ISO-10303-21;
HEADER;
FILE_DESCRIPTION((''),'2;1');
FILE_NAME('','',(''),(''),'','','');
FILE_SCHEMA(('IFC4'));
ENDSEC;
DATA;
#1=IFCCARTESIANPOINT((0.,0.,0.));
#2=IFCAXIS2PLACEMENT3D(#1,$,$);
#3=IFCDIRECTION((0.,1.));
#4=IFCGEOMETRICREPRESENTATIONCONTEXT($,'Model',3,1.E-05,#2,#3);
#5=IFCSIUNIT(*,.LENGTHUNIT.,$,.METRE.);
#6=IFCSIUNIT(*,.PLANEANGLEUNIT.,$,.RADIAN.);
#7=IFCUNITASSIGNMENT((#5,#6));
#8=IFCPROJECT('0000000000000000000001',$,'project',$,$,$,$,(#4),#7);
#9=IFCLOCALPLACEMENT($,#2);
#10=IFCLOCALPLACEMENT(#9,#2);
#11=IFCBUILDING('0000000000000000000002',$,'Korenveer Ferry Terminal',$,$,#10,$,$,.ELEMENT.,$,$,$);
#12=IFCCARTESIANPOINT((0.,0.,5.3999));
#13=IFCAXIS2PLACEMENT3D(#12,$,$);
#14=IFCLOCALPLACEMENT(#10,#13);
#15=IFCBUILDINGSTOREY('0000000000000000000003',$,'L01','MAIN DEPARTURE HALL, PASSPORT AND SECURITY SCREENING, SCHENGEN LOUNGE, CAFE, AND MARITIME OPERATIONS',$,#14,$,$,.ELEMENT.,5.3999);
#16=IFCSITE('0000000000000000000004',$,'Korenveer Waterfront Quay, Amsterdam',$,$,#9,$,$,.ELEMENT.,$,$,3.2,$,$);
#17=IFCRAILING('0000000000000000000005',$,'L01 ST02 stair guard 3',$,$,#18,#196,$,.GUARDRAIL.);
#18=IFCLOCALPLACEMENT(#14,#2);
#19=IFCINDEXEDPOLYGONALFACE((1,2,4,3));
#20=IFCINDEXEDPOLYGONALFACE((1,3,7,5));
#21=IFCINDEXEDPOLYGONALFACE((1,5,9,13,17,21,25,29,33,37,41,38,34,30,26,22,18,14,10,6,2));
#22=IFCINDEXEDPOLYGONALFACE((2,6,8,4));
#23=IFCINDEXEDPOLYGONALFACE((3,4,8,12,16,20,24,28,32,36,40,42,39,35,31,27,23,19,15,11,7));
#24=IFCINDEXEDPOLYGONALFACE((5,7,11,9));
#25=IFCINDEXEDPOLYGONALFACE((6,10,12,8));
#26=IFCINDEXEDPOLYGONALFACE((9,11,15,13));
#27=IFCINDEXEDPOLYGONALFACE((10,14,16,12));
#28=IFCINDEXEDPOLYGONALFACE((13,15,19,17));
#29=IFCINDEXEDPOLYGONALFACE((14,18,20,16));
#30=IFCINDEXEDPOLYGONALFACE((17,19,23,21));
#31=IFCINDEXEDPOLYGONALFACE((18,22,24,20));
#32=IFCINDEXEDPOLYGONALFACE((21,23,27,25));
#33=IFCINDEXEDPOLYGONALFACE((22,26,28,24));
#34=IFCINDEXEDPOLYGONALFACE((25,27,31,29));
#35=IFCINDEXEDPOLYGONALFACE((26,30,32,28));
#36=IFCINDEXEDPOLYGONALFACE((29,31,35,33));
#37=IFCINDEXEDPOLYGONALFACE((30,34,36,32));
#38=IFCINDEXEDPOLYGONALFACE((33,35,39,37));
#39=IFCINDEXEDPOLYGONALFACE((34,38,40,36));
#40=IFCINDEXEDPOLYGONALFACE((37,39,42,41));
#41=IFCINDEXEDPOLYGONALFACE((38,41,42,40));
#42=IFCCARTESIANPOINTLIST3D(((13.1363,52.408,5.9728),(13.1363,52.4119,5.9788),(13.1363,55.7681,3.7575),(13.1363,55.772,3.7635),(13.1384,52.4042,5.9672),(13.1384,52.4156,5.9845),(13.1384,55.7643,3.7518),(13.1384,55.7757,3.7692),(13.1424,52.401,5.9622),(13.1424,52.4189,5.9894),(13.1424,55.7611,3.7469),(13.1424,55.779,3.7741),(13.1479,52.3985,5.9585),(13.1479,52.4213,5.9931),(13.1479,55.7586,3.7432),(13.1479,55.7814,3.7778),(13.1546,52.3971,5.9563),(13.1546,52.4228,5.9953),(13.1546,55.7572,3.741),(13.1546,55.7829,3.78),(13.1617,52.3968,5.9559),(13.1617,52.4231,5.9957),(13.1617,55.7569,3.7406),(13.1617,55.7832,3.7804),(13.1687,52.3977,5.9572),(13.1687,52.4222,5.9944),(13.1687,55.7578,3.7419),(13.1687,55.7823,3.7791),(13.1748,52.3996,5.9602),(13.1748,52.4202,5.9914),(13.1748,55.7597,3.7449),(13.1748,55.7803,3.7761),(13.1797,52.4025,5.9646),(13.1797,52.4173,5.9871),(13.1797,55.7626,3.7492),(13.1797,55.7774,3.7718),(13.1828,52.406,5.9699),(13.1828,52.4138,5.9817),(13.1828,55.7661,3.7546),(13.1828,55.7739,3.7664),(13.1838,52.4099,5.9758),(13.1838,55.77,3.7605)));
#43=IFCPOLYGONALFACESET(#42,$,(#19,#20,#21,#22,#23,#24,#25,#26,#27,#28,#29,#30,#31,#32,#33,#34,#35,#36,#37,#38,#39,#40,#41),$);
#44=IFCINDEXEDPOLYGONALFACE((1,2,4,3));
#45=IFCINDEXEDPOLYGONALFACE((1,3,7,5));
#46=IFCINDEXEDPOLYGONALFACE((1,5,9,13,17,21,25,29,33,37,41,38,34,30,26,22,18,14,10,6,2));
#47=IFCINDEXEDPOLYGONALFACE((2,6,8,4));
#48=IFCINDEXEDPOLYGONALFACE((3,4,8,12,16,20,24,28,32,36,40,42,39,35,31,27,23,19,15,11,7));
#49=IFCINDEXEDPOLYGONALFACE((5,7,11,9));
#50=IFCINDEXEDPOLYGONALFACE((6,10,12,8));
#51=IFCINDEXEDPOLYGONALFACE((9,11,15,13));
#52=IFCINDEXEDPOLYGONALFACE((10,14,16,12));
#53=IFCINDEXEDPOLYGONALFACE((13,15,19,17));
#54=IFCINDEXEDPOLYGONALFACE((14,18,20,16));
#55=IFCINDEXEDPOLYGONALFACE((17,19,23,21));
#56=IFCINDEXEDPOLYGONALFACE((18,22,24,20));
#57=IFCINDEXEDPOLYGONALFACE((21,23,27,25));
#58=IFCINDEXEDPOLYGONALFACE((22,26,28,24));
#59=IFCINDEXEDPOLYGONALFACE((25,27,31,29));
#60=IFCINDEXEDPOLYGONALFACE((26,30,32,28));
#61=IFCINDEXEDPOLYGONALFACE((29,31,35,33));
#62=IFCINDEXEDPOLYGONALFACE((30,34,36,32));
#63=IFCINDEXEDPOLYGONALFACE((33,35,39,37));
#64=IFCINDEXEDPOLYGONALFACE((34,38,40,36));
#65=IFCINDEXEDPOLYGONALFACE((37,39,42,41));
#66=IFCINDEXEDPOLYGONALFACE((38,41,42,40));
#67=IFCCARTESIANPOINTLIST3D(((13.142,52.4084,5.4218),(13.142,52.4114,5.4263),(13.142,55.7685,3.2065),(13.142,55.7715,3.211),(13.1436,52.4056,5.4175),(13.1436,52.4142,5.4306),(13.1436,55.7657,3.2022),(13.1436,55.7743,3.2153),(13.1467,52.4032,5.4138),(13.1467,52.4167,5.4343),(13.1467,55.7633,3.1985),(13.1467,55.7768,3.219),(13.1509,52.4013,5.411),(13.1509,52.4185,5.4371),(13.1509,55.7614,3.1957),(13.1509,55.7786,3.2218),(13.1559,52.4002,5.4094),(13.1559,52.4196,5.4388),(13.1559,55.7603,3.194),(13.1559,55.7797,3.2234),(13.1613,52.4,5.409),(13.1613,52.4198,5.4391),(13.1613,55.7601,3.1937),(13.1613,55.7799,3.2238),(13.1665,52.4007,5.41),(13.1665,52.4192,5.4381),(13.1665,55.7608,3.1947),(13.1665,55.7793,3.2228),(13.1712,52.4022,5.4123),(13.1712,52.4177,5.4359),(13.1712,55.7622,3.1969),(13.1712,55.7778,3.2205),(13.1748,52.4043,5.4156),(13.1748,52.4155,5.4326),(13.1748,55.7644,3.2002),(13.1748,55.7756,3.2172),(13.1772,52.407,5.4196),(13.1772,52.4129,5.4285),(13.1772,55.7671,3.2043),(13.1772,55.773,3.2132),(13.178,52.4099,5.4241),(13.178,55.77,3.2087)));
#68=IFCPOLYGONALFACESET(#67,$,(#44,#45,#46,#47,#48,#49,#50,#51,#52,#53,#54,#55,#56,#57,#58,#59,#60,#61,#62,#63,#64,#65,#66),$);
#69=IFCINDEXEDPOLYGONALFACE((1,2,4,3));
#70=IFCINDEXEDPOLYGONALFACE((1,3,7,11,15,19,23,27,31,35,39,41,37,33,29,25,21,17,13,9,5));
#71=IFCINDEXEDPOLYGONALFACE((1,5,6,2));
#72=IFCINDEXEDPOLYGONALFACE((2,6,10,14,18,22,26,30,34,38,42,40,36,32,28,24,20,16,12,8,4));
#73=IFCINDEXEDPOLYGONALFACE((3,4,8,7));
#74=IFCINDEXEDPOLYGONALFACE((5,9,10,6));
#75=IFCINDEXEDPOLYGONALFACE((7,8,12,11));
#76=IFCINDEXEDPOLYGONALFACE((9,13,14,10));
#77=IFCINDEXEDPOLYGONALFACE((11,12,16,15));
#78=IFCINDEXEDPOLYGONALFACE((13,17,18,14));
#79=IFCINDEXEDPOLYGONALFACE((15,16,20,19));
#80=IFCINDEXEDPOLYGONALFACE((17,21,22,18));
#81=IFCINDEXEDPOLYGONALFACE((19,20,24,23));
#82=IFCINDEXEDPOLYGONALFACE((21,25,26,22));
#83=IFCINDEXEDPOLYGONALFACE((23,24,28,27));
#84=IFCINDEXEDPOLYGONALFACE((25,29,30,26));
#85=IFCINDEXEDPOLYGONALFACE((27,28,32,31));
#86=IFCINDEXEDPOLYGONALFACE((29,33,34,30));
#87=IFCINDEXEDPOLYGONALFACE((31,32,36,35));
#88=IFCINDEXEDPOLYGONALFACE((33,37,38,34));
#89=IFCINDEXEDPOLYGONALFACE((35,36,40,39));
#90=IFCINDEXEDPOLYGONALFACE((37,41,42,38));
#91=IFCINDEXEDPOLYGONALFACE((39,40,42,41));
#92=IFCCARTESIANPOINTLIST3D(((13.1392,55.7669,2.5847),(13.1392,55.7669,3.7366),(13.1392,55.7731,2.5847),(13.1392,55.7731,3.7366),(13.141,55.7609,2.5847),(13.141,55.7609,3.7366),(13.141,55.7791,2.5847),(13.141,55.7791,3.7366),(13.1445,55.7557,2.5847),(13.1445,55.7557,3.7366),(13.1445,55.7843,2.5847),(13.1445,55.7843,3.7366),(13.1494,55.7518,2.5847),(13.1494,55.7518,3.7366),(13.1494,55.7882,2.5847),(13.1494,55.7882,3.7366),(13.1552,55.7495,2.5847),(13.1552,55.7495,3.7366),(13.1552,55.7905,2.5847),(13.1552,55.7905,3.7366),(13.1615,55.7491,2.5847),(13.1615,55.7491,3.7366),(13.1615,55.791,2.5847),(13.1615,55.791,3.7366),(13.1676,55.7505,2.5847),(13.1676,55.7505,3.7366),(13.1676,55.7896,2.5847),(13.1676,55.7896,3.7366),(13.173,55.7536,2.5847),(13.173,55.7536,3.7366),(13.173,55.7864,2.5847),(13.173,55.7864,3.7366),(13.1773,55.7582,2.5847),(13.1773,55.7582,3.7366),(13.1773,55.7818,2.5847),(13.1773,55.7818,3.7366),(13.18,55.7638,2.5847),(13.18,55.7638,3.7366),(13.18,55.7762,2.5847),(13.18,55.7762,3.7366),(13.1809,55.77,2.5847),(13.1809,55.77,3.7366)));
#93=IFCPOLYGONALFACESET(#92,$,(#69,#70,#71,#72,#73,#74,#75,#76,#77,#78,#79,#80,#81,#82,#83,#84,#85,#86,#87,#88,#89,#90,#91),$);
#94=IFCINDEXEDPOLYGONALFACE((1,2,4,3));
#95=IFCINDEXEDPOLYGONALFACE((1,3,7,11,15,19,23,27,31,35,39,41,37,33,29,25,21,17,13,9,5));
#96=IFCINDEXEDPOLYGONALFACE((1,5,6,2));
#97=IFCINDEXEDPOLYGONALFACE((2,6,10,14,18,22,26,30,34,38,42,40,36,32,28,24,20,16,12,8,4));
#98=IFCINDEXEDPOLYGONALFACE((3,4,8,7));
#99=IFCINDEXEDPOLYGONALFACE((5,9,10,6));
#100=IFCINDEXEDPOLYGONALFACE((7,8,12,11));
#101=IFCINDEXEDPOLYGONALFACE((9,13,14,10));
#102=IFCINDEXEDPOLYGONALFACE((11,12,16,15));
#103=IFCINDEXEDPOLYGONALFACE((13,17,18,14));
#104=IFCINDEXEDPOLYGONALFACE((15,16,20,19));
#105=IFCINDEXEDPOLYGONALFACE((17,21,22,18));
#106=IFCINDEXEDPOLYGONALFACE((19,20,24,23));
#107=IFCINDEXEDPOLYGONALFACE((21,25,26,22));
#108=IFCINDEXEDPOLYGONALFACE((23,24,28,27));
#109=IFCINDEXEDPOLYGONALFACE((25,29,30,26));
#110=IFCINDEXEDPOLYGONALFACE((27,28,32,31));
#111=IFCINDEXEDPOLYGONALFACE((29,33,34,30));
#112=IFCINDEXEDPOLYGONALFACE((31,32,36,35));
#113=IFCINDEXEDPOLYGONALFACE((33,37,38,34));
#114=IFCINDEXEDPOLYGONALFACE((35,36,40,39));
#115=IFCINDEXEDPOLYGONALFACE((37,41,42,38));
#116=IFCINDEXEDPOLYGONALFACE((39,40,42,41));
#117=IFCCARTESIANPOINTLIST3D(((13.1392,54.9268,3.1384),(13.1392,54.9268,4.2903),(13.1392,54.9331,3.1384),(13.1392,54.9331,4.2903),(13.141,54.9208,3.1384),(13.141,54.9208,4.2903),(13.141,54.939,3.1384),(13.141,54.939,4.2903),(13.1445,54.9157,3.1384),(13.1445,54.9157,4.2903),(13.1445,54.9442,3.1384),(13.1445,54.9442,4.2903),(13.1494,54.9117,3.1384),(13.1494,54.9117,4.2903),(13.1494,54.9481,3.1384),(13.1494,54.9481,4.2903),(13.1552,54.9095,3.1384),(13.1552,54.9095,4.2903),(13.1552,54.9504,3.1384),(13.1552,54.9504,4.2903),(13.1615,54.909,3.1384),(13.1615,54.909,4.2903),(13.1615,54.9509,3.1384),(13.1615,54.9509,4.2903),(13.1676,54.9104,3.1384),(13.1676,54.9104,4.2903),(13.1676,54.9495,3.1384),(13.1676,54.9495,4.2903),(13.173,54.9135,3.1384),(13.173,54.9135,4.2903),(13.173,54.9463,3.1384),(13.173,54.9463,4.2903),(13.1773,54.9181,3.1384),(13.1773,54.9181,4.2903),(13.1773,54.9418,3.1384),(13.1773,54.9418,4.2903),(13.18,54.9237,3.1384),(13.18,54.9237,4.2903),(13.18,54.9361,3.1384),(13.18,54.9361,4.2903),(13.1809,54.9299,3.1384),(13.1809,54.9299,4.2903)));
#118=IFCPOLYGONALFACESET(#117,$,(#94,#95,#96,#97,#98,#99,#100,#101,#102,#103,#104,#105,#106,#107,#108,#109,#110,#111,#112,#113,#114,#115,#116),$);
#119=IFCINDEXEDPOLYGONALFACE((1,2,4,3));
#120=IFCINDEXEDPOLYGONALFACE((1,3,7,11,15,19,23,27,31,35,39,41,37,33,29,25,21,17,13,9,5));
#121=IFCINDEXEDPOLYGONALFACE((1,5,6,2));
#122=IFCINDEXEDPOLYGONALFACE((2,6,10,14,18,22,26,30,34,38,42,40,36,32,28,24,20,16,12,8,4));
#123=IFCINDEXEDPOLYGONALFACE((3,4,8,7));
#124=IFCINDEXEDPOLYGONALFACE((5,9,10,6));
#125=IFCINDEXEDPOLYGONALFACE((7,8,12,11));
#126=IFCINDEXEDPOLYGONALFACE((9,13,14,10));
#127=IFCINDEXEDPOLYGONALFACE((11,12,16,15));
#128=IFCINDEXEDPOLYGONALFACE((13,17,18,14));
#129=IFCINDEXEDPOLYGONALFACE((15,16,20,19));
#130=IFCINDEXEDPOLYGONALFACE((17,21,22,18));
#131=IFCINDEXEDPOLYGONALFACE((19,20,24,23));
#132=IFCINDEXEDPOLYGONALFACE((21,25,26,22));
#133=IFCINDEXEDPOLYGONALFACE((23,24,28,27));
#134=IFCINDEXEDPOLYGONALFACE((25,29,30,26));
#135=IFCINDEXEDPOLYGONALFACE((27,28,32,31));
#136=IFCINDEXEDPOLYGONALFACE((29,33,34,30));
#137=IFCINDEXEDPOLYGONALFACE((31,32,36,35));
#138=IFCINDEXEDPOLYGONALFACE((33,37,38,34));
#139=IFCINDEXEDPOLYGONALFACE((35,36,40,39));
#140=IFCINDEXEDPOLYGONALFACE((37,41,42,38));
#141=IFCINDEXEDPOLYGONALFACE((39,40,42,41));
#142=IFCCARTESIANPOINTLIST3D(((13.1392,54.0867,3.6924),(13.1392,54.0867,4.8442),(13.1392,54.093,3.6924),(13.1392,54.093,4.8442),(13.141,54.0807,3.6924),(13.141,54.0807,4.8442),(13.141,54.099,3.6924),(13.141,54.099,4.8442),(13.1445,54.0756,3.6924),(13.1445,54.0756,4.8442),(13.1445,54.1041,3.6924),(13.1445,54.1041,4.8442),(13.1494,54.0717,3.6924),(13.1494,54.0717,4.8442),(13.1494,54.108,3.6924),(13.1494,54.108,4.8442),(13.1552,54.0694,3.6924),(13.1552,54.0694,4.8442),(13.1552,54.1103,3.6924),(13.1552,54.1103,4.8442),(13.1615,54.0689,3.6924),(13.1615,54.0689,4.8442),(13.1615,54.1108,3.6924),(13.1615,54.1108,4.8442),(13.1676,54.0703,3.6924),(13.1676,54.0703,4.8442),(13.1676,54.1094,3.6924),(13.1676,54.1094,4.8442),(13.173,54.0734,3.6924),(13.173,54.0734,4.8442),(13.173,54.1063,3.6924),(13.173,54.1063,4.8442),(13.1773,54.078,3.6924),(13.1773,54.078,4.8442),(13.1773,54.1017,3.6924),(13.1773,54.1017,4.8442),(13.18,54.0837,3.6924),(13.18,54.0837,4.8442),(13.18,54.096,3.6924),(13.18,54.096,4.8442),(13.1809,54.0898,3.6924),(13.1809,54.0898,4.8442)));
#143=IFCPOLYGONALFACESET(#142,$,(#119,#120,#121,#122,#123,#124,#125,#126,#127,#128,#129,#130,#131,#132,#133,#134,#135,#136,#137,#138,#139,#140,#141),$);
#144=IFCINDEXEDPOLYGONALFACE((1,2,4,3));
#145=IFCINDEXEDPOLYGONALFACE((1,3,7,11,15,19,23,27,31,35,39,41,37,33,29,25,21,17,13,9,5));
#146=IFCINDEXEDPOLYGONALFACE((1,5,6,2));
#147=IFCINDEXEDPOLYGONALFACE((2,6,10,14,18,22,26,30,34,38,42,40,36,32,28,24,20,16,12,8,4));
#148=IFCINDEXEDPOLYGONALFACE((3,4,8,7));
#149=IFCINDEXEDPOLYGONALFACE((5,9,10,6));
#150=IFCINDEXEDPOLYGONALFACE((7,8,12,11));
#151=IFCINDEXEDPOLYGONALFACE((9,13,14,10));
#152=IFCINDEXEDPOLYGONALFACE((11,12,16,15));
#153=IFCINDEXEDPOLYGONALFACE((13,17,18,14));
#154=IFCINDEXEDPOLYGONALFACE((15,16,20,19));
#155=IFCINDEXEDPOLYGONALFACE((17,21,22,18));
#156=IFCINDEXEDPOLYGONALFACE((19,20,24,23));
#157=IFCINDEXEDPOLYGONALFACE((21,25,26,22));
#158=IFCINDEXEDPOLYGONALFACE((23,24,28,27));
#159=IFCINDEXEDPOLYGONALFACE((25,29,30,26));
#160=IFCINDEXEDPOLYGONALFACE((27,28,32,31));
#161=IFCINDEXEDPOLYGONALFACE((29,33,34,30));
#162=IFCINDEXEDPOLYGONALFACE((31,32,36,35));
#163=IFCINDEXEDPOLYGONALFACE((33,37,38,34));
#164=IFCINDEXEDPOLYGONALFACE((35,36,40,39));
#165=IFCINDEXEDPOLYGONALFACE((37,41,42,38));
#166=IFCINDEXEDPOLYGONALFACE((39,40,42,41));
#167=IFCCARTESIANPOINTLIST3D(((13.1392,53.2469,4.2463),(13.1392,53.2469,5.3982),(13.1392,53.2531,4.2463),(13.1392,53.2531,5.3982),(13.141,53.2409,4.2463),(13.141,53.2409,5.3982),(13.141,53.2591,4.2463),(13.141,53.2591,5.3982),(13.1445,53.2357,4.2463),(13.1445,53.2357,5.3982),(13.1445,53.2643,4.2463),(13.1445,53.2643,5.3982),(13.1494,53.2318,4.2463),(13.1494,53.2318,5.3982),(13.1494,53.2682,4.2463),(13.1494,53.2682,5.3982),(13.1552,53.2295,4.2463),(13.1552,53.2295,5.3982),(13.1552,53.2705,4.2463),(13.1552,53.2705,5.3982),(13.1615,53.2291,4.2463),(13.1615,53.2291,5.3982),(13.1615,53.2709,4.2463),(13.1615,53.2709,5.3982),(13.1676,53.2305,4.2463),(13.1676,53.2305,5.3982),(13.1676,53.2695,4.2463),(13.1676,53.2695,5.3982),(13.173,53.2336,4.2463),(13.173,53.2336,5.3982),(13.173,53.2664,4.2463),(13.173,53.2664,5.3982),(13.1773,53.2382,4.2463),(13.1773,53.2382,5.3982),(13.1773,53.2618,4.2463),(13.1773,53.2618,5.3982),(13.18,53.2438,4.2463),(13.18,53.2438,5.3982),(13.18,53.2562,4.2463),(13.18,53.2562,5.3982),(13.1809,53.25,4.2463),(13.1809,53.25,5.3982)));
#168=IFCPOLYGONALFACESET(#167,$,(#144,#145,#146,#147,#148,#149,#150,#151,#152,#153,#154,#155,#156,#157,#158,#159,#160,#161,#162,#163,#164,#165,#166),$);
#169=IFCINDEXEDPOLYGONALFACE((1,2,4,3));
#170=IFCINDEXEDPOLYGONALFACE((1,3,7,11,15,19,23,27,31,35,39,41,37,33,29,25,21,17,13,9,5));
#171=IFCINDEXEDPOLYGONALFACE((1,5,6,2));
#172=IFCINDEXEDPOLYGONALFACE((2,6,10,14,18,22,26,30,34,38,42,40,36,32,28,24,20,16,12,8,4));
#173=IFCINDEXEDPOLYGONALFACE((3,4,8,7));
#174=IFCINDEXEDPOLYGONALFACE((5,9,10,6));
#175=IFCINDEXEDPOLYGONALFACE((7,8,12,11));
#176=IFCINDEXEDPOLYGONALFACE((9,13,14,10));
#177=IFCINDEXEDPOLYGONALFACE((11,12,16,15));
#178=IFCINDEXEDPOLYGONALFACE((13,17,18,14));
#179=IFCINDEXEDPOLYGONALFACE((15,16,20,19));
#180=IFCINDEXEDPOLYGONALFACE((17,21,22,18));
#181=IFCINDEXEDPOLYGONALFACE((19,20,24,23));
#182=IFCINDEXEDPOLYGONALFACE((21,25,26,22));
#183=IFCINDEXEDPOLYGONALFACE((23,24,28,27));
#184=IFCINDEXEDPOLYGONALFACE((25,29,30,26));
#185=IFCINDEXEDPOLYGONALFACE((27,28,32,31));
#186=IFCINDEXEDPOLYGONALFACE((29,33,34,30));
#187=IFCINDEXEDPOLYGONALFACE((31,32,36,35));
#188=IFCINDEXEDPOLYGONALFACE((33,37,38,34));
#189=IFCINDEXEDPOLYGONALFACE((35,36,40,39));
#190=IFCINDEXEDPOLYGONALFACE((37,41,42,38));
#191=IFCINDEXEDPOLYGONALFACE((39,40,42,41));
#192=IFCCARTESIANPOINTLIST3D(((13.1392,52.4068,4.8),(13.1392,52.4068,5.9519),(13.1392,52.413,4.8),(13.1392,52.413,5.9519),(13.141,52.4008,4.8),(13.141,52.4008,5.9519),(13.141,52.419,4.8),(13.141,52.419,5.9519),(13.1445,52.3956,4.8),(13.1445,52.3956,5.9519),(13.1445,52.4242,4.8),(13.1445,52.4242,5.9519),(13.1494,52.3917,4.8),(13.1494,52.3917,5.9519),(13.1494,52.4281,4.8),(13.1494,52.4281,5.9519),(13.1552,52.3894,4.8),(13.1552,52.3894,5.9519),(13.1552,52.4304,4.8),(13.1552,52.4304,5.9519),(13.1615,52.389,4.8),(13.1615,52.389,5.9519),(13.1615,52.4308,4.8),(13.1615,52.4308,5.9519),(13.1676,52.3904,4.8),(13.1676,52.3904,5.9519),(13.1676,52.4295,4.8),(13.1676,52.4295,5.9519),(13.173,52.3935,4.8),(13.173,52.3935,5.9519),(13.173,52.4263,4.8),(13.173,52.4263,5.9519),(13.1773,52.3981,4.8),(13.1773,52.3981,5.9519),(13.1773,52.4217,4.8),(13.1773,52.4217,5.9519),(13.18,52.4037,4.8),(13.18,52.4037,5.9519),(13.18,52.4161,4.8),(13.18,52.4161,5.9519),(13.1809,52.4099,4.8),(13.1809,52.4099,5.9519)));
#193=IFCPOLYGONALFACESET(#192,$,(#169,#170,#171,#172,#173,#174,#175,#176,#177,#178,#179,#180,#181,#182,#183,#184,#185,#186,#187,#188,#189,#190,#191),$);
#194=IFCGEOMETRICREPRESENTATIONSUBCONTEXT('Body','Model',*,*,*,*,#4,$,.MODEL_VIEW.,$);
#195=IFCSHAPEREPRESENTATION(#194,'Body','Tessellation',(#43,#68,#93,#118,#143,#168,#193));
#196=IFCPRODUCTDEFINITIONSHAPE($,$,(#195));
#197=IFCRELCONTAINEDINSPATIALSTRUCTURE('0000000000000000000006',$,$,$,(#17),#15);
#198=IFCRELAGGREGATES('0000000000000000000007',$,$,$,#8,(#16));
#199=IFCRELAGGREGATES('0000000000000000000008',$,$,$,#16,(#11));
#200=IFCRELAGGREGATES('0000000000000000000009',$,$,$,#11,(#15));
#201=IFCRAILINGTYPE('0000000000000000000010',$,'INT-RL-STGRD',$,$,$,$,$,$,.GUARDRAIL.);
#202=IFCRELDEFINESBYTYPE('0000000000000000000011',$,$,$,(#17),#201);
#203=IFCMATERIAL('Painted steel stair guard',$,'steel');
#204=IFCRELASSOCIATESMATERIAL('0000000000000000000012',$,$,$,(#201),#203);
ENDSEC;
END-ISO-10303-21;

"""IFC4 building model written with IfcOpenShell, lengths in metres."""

from ifc_helpers import new_model, si_unit, direction, frame, origin, origin_2d, place, context, subcontext, project, spatial, circle, extrude, material, type_object, element, save


model = new_model("IFC4")

# Units and contexts
model_context = context("Model", 3, precision=1e-05, world=origin(), true_north=direction((0.0, 1.0)))
body_context = subcontext(model_context, "Body", "Model", "MODEL_VIEW")
ifc_project = project(units=[si_unit("LENGTHUNIT", "METRE"), si_unit("PLANEANGLEUNIT", "RADIAN")], contexts=[model_context])

# Site, building, storey
site_placement = place(None, origin())
site = spatial("IfcSite", under=ifc_project, at=site_placement, Name="Korenveer Waterfront Quay, Amsterdam", CompositionType="ELEMENT", RefElevation=3.2)
building_placement = place(site_placement, origin())
building = spatial("IfcBuilding", under=site, at=building_placement, Name="Korenveer Ferry Terminal", CompositionType="ELEMENT")
storey_placement = place(building_placement, frame((0.0, 0.0, 5.3999)))
storey = spatial("IfcBuildingStorey", under=building, at=storey_placement, Name="L01", Description="MAIN DEPARTURE HALL, PASSPORT AND SECURITY SCREENING, SCHENGEN LOUNGE, CAFE, AND MARITIME OPERATIONS", CompositionType="ELEMENT", Elevation=5.3999)

# Railing
ifc_material_1 = material(Name="Painted steel stair guard", Category="steel")
railing_type_1 = type_object("IfcRailingType", Name="INT-RL-STGRD", PredefinedType="GUARDRAIL", material=ifc_material_1)
railing_1_placement = place(storey_placement, frame((13.1599, 55.77, 2.5847)))
element("IfcRailing", 1, at=railing_1_placement, inside=storey, type_object=railing_type_1, Name="L01 ST02 stair guard 3", PredefinedType="GUARDRAIL", context=body_context, shape_type="SweptSolid", body=[
    extrude(circle(Radius=0.0239, at=origin_2d()), frame((0.0, 0.0, 1.1758), z_axis=(0.0, -0.834876, 0.550437), x_axis=(1.0, 0.0, 0.0)), (0.0, 0.0, 1.0), 4.0247),
    extrude(circle(Radius=0.0181, at=origin_2d()), frame((0.0, 0.0, 0.624), z_axis=(0.0, -0.834876, 0.550437), x_axis=(1.0, 0.0, 0.0)), (0.0, 0.0, 1.0), 4.0247),
    extrude(circle(Radius=0.021, at=origin_2d()), origin(), (0.0, 0.0, 1.0), 1.1519),
    extrude(circle(Radius=0.021, at=origin_2d()), frame((0.0, -0.8401, 0.5537)), (0.0, 0.0, 1.0), 1.1519),
    extrude(circle(Radius=0.021, at=origin_2d()), frame((0.0, -1.6802, 1.1077)), (0.0, 0.0, 1.0), 1.1519),
    extrude(circle(Radius=0.021, at=origin_2d()), frame((0.0, -2.52, 1.6616)), (0.0, 0.0, 1.0), 1.1519),
    extrude(circle(Radius=0.021, at=origin_2d()), frame((0.0, -3.3601, 2.2153)), (0.0, 0.0, 1.0), 1.1519),
])

save(model, "model.ifc")
